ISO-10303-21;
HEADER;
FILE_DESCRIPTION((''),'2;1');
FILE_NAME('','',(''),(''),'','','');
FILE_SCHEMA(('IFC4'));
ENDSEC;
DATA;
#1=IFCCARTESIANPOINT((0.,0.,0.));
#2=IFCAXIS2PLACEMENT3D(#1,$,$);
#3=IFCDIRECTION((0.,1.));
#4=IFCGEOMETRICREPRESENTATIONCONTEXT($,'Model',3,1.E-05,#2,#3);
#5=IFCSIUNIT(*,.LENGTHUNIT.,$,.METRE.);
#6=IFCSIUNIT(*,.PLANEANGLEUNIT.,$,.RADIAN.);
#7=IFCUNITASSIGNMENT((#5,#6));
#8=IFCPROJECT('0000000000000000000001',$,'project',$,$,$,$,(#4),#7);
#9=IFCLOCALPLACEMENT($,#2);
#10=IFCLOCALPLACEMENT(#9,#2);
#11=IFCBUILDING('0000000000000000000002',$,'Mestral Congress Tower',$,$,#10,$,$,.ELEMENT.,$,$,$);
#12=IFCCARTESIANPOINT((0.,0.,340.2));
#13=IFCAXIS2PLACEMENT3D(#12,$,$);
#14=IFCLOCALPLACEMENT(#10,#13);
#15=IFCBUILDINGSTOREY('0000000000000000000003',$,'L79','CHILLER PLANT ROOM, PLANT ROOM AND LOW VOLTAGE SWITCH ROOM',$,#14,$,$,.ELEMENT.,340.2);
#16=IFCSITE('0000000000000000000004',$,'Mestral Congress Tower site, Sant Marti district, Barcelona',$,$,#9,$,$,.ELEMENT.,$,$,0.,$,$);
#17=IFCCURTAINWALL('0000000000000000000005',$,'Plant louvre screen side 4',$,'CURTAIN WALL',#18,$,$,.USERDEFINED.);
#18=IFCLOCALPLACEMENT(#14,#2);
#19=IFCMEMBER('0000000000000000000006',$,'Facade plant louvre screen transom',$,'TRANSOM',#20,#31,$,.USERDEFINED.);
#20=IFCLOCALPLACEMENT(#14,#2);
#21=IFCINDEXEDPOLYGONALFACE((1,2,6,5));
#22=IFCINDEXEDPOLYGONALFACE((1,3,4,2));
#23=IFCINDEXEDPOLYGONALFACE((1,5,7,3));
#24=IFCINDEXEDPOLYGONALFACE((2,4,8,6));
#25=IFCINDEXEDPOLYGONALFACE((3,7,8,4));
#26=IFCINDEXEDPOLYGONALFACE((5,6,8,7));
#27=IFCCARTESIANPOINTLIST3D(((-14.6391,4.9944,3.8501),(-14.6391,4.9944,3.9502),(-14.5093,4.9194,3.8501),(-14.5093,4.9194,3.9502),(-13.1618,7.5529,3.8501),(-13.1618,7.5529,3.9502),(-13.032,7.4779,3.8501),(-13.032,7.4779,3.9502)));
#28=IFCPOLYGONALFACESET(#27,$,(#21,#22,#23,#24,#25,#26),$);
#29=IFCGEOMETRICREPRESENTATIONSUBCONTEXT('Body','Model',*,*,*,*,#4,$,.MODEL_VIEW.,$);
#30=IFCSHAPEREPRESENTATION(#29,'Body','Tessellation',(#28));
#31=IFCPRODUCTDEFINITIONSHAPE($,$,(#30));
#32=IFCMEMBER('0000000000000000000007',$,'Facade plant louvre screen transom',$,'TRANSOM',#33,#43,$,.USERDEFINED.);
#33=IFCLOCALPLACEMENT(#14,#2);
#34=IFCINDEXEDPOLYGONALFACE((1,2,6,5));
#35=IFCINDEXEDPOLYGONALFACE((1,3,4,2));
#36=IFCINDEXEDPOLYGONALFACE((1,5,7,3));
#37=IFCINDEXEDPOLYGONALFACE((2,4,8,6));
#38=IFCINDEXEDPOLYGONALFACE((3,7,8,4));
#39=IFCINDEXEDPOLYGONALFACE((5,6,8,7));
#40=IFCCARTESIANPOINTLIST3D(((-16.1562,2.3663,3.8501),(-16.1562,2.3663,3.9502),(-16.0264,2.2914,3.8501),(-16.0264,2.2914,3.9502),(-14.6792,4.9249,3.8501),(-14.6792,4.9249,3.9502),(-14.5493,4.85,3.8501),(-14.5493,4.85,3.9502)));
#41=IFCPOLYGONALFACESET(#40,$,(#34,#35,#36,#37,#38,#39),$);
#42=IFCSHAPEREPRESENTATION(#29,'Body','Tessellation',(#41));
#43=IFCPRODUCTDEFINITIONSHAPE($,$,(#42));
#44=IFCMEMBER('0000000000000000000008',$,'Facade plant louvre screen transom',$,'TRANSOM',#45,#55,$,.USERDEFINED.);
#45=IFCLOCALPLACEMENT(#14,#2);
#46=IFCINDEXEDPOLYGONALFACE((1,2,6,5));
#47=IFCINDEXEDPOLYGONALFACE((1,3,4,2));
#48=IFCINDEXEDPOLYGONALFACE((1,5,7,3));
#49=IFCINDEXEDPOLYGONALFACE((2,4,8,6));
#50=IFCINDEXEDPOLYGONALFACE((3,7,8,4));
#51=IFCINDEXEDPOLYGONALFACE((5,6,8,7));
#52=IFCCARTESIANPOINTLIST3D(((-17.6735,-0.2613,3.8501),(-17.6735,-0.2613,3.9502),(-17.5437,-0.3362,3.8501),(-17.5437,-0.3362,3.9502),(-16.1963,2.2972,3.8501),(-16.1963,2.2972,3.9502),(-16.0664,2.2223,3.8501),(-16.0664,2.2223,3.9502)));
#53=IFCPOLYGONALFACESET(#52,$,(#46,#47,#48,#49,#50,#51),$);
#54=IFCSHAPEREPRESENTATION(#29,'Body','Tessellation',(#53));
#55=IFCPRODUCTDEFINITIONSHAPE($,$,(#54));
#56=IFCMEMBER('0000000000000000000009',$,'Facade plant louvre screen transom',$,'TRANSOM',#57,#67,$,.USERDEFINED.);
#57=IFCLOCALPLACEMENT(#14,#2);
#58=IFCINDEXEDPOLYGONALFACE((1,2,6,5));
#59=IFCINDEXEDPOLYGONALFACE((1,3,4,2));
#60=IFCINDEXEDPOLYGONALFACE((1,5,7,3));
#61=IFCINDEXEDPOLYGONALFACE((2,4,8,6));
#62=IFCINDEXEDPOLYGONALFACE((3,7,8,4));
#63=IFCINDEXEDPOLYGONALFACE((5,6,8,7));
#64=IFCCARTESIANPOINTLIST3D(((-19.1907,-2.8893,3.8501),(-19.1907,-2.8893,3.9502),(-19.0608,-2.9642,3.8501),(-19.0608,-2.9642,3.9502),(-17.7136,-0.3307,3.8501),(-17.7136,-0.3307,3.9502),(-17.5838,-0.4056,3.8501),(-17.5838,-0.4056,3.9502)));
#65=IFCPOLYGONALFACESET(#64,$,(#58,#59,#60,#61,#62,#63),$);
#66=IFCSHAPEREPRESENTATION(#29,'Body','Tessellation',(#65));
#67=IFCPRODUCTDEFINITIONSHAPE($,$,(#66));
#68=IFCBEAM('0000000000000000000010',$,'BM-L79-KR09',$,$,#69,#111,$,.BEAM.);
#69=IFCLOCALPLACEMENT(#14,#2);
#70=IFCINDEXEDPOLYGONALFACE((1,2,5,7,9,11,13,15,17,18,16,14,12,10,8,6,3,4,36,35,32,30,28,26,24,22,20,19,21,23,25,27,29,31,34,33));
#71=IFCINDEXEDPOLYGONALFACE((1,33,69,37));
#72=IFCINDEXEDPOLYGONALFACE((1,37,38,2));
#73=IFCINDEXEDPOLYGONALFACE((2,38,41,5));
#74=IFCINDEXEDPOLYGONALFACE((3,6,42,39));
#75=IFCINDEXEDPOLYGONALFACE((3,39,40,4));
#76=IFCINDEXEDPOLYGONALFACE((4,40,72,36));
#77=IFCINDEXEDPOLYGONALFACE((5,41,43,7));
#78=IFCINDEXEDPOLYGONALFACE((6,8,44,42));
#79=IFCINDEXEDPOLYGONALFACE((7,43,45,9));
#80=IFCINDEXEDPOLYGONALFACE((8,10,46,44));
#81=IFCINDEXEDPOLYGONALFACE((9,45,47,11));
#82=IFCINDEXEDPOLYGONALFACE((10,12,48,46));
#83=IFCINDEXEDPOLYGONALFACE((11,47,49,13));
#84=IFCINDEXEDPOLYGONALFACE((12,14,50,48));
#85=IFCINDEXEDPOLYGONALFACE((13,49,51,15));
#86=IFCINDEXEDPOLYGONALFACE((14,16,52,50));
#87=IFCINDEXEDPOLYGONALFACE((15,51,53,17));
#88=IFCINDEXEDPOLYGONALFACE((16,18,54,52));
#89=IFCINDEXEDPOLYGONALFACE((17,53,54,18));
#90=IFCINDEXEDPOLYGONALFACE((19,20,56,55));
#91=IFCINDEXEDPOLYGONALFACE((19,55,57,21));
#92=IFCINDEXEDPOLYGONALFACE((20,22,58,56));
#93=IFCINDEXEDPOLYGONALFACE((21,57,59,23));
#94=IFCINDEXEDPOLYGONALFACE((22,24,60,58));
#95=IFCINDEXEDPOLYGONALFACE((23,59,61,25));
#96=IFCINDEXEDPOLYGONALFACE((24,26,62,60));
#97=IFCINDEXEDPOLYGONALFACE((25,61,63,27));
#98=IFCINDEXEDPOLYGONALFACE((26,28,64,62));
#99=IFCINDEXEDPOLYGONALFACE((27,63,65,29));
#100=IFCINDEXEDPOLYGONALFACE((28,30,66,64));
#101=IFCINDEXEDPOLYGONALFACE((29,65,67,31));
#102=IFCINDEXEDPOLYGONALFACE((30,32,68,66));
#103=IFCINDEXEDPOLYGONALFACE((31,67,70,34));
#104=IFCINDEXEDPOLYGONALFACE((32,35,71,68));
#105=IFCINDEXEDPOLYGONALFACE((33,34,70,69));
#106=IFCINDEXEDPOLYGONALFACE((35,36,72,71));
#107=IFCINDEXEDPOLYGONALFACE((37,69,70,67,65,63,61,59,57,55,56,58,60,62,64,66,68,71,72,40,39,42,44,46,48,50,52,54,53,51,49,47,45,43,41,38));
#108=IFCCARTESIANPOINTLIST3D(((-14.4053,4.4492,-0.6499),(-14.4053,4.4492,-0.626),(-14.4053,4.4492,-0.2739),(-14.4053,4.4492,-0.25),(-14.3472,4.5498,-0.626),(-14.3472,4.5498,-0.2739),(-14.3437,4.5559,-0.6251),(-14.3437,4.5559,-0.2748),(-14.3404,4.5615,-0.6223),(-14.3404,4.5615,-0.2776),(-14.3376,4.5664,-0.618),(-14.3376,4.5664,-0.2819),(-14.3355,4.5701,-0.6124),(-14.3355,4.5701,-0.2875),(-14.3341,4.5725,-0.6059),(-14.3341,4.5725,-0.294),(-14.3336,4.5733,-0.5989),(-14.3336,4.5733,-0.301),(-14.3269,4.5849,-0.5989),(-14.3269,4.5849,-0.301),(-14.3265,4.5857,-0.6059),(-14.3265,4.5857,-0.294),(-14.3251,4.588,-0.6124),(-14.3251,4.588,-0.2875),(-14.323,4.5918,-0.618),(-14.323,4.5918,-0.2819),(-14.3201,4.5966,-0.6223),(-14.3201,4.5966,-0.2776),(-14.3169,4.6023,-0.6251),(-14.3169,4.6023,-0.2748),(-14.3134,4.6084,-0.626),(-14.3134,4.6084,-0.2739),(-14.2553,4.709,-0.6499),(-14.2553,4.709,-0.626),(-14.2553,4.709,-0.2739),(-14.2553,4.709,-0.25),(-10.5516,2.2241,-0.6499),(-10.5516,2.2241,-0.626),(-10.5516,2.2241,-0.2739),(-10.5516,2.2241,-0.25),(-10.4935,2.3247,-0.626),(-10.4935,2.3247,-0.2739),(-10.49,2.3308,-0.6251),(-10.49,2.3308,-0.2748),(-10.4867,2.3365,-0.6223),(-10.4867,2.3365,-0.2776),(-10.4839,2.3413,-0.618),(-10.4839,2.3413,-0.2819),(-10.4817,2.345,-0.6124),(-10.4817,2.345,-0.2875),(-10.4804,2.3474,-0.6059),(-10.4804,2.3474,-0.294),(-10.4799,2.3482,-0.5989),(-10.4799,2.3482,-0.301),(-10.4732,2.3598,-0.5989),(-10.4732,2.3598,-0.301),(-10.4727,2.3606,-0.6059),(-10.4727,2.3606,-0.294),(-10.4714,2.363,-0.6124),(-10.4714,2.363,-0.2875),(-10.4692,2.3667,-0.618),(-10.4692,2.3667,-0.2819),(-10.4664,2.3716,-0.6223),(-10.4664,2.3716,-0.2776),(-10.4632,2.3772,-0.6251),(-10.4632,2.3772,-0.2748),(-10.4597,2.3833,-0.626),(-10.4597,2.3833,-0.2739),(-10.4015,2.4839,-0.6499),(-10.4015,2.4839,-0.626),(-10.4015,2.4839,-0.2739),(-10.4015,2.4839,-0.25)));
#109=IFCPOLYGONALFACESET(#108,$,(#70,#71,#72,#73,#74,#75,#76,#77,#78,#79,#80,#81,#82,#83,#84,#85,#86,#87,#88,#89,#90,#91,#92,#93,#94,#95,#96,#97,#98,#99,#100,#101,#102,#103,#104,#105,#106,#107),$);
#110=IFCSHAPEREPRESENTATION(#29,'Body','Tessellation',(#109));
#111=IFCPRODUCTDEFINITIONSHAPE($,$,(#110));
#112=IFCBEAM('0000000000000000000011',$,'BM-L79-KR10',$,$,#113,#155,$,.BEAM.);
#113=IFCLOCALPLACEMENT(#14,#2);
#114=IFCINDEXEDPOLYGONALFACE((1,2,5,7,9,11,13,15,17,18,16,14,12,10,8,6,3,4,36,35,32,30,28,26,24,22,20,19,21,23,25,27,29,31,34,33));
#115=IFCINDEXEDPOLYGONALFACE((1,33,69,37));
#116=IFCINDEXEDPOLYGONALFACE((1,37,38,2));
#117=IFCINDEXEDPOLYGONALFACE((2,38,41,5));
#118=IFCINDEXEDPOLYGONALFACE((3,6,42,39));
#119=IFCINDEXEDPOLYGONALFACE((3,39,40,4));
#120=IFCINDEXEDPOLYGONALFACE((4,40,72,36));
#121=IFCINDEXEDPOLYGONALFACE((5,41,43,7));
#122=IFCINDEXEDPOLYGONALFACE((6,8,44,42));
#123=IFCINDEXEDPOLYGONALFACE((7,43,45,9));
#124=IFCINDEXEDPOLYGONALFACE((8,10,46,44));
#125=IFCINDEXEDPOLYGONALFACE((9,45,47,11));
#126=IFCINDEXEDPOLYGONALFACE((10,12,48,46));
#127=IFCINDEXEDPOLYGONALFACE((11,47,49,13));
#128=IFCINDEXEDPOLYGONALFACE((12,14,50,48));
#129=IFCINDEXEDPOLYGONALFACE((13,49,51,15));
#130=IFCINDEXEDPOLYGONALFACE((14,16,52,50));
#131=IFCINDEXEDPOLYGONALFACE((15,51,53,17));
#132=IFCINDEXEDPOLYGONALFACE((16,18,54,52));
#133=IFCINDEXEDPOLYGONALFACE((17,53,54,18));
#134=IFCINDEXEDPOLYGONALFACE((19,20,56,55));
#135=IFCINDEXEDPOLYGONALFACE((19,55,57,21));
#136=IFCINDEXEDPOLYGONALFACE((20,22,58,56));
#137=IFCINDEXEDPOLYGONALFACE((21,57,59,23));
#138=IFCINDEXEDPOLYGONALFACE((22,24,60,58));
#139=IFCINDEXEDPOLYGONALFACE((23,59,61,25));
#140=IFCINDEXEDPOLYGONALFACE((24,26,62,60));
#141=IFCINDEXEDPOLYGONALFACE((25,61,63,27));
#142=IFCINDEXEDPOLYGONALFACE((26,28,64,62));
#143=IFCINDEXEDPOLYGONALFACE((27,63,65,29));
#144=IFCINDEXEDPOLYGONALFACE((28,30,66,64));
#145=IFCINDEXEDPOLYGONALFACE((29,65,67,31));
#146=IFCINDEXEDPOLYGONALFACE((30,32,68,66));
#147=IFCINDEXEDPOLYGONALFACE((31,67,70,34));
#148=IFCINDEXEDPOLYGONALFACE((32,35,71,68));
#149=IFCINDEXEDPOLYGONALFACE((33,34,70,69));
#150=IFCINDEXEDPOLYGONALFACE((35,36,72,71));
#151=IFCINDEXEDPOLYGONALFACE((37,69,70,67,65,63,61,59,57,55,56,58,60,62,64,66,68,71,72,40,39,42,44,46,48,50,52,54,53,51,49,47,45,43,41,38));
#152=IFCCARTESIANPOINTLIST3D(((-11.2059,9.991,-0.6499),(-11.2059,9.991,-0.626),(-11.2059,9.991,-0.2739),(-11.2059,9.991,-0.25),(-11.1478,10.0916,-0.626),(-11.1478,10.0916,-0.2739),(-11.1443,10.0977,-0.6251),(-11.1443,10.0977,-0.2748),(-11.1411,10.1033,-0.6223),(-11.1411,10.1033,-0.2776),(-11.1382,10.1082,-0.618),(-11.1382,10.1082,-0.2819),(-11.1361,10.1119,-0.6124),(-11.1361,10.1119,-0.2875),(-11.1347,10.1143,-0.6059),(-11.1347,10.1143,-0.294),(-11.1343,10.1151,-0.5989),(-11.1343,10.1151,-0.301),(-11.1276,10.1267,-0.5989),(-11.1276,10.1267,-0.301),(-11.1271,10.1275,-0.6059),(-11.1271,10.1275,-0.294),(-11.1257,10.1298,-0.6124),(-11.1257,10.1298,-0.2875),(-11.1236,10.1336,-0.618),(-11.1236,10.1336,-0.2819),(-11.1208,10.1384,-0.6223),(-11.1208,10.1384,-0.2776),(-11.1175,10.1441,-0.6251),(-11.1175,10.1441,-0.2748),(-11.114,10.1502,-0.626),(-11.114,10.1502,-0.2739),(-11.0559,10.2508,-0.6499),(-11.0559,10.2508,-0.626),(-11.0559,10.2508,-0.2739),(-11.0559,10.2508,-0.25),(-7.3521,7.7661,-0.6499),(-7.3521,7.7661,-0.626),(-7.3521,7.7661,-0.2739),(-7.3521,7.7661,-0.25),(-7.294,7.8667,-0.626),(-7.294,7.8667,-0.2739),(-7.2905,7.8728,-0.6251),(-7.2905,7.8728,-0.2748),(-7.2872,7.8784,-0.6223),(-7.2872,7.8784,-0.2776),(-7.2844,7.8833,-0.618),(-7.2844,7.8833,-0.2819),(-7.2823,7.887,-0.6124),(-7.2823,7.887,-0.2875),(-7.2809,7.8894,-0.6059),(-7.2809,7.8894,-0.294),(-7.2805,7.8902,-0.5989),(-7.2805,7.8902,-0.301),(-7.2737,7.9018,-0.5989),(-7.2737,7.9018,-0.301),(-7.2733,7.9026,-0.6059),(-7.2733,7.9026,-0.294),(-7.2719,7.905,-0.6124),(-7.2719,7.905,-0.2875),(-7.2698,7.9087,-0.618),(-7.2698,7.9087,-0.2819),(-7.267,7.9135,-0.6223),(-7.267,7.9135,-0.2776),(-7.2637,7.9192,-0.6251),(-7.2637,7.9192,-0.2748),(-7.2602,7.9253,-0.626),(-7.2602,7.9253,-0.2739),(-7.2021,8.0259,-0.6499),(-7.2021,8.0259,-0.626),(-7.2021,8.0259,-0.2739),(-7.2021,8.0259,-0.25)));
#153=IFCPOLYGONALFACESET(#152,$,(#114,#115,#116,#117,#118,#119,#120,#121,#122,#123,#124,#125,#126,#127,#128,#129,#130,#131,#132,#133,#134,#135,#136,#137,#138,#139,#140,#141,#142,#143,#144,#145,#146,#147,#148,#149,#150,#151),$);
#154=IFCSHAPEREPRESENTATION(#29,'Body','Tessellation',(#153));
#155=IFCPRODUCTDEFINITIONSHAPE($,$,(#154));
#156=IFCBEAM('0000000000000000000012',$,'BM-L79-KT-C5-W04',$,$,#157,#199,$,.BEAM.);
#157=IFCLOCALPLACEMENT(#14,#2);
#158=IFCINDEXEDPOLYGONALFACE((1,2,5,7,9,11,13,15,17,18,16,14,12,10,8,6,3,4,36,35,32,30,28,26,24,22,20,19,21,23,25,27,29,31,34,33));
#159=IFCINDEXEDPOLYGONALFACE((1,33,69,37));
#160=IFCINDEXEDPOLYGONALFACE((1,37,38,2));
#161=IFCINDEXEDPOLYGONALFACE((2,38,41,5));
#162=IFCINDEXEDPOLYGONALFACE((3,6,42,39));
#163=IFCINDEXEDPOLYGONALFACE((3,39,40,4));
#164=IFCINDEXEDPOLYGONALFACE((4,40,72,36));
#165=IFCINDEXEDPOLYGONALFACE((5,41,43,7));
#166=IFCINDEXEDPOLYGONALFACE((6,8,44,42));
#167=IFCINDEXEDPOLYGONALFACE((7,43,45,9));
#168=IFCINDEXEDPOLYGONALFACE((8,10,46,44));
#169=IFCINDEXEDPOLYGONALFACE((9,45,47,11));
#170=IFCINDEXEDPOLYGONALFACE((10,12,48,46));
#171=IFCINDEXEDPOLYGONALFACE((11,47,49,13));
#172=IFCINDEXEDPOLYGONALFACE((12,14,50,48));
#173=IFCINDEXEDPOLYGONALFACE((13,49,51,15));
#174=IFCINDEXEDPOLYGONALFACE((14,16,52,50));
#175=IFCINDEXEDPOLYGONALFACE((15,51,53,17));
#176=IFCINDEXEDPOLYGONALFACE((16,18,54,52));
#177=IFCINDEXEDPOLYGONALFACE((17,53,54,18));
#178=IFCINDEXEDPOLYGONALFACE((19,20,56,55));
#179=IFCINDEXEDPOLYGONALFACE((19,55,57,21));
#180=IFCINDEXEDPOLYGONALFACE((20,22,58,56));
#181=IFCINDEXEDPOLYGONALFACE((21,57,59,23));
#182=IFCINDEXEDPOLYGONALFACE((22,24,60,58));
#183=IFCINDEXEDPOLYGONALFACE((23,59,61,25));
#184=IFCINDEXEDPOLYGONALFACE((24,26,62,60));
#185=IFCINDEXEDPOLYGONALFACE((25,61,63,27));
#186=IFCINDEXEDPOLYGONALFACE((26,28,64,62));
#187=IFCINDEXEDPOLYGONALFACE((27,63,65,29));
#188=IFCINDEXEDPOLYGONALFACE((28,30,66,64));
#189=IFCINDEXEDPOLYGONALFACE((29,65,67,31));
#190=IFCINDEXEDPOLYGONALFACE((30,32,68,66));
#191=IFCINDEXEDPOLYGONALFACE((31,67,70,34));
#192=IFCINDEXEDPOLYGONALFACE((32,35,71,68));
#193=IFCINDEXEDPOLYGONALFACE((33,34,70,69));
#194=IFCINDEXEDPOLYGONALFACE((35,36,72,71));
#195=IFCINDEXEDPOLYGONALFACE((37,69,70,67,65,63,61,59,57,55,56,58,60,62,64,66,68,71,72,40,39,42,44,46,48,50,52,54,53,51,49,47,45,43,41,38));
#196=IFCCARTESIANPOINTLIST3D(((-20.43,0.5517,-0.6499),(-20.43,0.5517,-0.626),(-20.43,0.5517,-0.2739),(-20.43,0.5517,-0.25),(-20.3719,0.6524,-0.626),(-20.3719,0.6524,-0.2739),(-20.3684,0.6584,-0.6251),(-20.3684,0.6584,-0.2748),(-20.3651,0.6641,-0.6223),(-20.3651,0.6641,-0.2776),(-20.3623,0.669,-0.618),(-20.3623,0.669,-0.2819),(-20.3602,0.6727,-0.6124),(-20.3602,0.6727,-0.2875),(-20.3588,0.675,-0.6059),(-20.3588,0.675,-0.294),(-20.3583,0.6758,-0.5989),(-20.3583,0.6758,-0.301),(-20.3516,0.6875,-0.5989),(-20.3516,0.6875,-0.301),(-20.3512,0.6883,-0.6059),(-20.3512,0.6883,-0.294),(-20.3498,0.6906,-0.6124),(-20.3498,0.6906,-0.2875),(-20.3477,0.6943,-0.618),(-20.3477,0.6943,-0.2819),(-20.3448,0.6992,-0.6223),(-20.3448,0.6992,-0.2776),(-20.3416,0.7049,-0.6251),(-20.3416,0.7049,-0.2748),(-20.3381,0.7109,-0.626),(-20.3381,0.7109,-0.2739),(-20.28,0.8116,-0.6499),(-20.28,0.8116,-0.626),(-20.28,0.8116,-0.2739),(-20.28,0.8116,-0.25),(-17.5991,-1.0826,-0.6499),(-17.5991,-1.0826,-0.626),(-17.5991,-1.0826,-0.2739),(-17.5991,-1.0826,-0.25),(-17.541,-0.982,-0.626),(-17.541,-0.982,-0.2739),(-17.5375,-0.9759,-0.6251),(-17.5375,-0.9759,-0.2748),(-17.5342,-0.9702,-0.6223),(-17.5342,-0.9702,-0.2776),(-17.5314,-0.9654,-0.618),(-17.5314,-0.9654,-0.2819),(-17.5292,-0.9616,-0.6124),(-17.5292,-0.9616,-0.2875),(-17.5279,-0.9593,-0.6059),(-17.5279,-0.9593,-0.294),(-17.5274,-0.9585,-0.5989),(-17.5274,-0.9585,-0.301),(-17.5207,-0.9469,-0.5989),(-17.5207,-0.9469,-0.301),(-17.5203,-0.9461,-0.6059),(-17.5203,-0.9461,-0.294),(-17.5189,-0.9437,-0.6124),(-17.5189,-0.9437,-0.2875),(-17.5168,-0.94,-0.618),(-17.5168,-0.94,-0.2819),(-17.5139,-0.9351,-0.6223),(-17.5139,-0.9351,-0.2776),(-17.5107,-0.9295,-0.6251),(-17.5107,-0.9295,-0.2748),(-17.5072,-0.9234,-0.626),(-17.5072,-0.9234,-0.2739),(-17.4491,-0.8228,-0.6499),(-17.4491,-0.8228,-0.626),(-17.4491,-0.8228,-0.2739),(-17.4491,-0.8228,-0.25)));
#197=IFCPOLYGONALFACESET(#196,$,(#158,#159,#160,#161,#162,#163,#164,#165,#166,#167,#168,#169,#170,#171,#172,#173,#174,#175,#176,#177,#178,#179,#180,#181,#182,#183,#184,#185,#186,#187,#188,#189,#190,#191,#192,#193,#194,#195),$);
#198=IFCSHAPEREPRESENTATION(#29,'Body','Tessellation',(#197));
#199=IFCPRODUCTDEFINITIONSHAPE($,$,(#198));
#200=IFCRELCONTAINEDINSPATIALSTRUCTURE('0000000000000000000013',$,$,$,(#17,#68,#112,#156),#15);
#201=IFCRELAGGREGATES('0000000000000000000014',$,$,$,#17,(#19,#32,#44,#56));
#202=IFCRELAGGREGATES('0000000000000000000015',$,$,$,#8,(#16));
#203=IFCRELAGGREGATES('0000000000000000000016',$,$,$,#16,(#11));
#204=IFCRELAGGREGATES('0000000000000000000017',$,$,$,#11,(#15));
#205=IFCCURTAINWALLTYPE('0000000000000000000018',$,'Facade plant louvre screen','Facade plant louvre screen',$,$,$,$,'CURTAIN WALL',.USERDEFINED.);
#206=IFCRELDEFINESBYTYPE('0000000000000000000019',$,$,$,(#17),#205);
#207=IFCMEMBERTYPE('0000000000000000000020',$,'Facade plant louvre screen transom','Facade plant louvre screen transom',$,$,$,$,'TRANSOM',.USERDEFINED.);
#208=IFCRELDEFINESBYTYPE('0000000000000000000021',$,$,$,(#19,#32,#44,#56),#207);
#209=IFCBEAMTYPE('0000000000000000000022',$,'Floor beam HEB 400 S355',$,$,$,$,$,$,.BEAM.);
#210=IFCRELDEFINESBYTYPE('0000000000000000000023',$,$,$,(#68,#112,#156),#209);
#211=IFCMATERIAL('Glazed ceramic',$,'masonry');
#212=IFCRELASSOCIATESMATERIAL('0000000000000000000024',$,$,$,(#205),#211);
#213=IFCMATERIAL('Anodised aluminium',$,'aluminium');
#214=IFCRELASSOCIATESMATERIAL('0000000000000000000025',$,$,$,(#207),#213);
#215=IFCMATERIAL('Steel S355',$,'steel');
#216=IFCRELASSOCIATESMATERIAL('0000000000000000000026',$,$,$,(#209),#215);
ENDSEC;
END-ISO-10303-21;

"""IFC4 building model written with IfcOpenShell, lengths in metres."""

from ifc_helpers import new_model, si_unit, direction, frame, origin, origin_2d, place, context, subcontext, project, spatial, rectangle, i_section, extrude, material, material_profile, profile_set, type_object, element, aggregate, save


model = new_model("IFC4")

# Units and contexts
model_context = context("Model", 3, precision=1e-05, world=origin(), true_north=direction((0.0, 1.0)))
body_context = subcontext(model_context, "Body", "Model", "MODEL_VIEW")
ifc_project = project(units=[si_unit("LENGTHUNIT", "METRE"), si_unit("PLANEANGLEUNIT", "RADIAN")], contexts=[model_context])

# Site, building, storey
site_placement = place(None, origin())
site = spatial("IfcSite", under=ifc_project, at=site_placement, Name="Mestral Congress Tower site, Sant Marti district, Barcelona", CompositionType="ELEMENT", RefElevation=0.0)
building_placement = place(site_placement, origin())
building = spatial("IfcBuilding", under=site, at=building_placement, Name="Mestral Congress Tower", CompositionType="ELEMENT")
storey_placement = place(building_placement, frame((0.0, 0.0, 340.2)))
storey = spatial("IfcBuildingStorey", under=building, at=storey_placement, Name="L79", Description="CHILLER PLANT ROOM, PLANT ROOM AND LOW VOLTAGE SWITCH ROOM", CompositionType="ELEMENT", Elevation=340.2)

# Shared definitions
ifc_material_1 = material(Name="Steel S355", Category="steel")

# Curtain wall, members
ifc_material_2 = material(Name="Glazed ceramic", Category="masonry")
curtain_wall_type = type_object("IfcCurtainWallType", Name="Facade plant louvre screen", Description="Facade plant louvre screen", ElementType="CURTAIN WALL", PredefinedType="USERDEFINED", material=ifc_material_2)
curtain_wall_placement = place(storey_placement, origin())
curtain_wall = element("IfcCurtainWall", 1, at=curtain_wall_placement, inside=storey, type_object=curtain_wall_type, Name="Plant louvre screen side 4", ObjectType="CURTAIN WALL", PredefinedType="USERDEFINED")
ifc_material_3 = material(Name="Anodised aluminium", Category="aluminium")
ifc_material_profile_1 = material_profile(ifc_material_3, rectangle(XDim=0.1499, YDim=0.1001, at=origin_2d()), Name="CW6 transom 150 x 100")
ifc_profile_set_1 = profile_set([ifc_material_profile_1], Name="Anodised aluminium")
member_type_1 = type_object("IfcMemberType", Name="Facade plant louvre screen transom", Description="Facade plant louvre screen transom", ElementType="TRANSOM", PredefinedType="USERDEFINED", material=ifc_profile_set_1)
member_1_placement = place(storey_placement, frame((-13.0969, 7.5154, 3.9001), z_axis=(-0.500023, -0.866012, 0.0), x_axis=(0.866012, -0.500023, 0.0)))
member_1 = element("IfcMember", 2, at=member_1_placement, type_object=member_type_1, Name="Facade plant louvre screen transom", ObjectType="TRANSOM", PredefinedType="USERDEFINED", context=body_context, shape_type="SweptSolid", body=[
    extrude(rectangle(XDim=0.1499, YDim=0.1001, at=origin_2d()), origin(), (0.0, 0.0, 1.0), 2.9543),
])
member_2_placement = place(storey_placement, frame((-14.6143, 4.8875, 3.9001), z_axis=(-0.499961, -0.866048, 0.0), x_axis=(0.866048, -0.499961, 0.0)))
member_2 = element("IfcMember", 3, at=member_2_placement, type_object=member_type_1, Name="Facade plant louvre screen transom", ObjectType="TRANSOM", PredefinedType="USERDEFINED", context=body_context, shape_type="SweptSolid", body=[
    extrude(rectangle(XDim=0.1499, YDim=0.1001, at=origin_2d()), origin(), (0.0, 0.0, 1.0), 2.9543),
])
member_3_placement = place(storey_placement, frame((-16.1313, 2.2598, 3.9001), z_axis=(-0.500023, -0.866012, 0.0), x_axis=(0.866012, -0.500023, 0.0)))
member_3 = element("IfcMember", 4, at=member_3_placement, type_object=member_type_1, Name="Facade plant louvre screen transom", ObjectType="TRANSOM", PredefinedType="USERDEFINED", context=body_context, shape_type="SweptSolid", body=[
    extrude(rectangle(XDim=0.1499, YDim=0.1001, at=origin_2d()), origin(), (0.0, 0.0, 1.0), 2.9543),
])
member_4_placement = place(storey_placement, frame((-17.6487, -0.3682, 3.9001), z_axis=(-0.499961, -0.866048, 0.0), x_axis=(0.866048, -0.499961, 0.0)))
member_4 = element("IfcMember", 5, at=member_4_placement, type_object=member_type_1, Name="Facade plant louvre screen transom", ObjectType="TRANSOM", PredefinedType="USERDEFINED", context=body_context, shape_type="SweptSolid", body=[
    extrude(rectangle(XDim=0.1499, YDim=0.1001, at=origin_2d()), origin(), (0.0, 0.0, 1.0), 2.9543),
])

# Beams
ifc_material_profile_2 = material_profile(ifc_material_1, i_section(OverallWidth=0.3, OverallDepth=0.3999, WebThickness=0.0134, FlangeThickness=0.0239, FilletRadius=0.0271, at=origin_2d()), Name="HEB 400")
ifc_profile_set_2 = profile_set([ifc_material_profile_2], Name="Steel S355")
beam_type_1 = type_object("IfcBeamType", Name="Floor beam HEB 400 S355", PredefinedType="BEAM", material=ifc_profile_set_2)
for number, where, z_axis, x_axis, name in (
    (6, (-10.4766, 2.354, -0.45), (-0.866013, 0.500022, 0.0), (-0.500022, -0.866013, 0.0), "BM-L79-KR09"),
    (7, (-7.2771, 7.896, -0.45), (-0.866037, 0.49998, 0.0), (-0.49998, -0.866037, 0.0), "BM-L79-KR10"),
):
    element("IfcBeam", number, at=place(storey_placement, frame(where, z_axis=z_axis, x_axis=x_axis)), inside=storey, type_object=beam_type_1, Name=name, PredefinedType="BEAM", context=body_context, shape_type="SweptSolid", body=[
        extrude(i_section(OverallWidth=0.3, OverallDepth=0.3999, WebThickness=0.0134, FlangeThickness=0.0239, FilletRadius=0.0271, at=origin_2d()), origin(), (0.0, 0.0, 1.0), 4.45),
    ])
beam_1_placement = place(storey_placement, frame((-20.355, 0.6816, -0.45), z_axis=(0.866038, -0.499979, 0.0), x_axis=(0.499979, 0.866038, 0.0)))
element("IfcBeam", 8, at=beam_1_placement, inside=storey, type_object=beam_type_1, Name="BM-L79-KT-C5-W04", PredefinedType="BEAM", context=body_context, shape_type="SweptSolid", body=[
    extrude(i_section(OverallWidth=0.3, OverallDepth=0.3999, WebThickness=0.0134, FlangeThickness=0.0239, FilletRadius=0.0271, at=origin_2d()), origin(), (0.0, 0.0, 1.0), 3.2688),
])

aggregate(curtain_wall, [member_1, member_2, member_3, member_4])

save(model, "model.ifc")
